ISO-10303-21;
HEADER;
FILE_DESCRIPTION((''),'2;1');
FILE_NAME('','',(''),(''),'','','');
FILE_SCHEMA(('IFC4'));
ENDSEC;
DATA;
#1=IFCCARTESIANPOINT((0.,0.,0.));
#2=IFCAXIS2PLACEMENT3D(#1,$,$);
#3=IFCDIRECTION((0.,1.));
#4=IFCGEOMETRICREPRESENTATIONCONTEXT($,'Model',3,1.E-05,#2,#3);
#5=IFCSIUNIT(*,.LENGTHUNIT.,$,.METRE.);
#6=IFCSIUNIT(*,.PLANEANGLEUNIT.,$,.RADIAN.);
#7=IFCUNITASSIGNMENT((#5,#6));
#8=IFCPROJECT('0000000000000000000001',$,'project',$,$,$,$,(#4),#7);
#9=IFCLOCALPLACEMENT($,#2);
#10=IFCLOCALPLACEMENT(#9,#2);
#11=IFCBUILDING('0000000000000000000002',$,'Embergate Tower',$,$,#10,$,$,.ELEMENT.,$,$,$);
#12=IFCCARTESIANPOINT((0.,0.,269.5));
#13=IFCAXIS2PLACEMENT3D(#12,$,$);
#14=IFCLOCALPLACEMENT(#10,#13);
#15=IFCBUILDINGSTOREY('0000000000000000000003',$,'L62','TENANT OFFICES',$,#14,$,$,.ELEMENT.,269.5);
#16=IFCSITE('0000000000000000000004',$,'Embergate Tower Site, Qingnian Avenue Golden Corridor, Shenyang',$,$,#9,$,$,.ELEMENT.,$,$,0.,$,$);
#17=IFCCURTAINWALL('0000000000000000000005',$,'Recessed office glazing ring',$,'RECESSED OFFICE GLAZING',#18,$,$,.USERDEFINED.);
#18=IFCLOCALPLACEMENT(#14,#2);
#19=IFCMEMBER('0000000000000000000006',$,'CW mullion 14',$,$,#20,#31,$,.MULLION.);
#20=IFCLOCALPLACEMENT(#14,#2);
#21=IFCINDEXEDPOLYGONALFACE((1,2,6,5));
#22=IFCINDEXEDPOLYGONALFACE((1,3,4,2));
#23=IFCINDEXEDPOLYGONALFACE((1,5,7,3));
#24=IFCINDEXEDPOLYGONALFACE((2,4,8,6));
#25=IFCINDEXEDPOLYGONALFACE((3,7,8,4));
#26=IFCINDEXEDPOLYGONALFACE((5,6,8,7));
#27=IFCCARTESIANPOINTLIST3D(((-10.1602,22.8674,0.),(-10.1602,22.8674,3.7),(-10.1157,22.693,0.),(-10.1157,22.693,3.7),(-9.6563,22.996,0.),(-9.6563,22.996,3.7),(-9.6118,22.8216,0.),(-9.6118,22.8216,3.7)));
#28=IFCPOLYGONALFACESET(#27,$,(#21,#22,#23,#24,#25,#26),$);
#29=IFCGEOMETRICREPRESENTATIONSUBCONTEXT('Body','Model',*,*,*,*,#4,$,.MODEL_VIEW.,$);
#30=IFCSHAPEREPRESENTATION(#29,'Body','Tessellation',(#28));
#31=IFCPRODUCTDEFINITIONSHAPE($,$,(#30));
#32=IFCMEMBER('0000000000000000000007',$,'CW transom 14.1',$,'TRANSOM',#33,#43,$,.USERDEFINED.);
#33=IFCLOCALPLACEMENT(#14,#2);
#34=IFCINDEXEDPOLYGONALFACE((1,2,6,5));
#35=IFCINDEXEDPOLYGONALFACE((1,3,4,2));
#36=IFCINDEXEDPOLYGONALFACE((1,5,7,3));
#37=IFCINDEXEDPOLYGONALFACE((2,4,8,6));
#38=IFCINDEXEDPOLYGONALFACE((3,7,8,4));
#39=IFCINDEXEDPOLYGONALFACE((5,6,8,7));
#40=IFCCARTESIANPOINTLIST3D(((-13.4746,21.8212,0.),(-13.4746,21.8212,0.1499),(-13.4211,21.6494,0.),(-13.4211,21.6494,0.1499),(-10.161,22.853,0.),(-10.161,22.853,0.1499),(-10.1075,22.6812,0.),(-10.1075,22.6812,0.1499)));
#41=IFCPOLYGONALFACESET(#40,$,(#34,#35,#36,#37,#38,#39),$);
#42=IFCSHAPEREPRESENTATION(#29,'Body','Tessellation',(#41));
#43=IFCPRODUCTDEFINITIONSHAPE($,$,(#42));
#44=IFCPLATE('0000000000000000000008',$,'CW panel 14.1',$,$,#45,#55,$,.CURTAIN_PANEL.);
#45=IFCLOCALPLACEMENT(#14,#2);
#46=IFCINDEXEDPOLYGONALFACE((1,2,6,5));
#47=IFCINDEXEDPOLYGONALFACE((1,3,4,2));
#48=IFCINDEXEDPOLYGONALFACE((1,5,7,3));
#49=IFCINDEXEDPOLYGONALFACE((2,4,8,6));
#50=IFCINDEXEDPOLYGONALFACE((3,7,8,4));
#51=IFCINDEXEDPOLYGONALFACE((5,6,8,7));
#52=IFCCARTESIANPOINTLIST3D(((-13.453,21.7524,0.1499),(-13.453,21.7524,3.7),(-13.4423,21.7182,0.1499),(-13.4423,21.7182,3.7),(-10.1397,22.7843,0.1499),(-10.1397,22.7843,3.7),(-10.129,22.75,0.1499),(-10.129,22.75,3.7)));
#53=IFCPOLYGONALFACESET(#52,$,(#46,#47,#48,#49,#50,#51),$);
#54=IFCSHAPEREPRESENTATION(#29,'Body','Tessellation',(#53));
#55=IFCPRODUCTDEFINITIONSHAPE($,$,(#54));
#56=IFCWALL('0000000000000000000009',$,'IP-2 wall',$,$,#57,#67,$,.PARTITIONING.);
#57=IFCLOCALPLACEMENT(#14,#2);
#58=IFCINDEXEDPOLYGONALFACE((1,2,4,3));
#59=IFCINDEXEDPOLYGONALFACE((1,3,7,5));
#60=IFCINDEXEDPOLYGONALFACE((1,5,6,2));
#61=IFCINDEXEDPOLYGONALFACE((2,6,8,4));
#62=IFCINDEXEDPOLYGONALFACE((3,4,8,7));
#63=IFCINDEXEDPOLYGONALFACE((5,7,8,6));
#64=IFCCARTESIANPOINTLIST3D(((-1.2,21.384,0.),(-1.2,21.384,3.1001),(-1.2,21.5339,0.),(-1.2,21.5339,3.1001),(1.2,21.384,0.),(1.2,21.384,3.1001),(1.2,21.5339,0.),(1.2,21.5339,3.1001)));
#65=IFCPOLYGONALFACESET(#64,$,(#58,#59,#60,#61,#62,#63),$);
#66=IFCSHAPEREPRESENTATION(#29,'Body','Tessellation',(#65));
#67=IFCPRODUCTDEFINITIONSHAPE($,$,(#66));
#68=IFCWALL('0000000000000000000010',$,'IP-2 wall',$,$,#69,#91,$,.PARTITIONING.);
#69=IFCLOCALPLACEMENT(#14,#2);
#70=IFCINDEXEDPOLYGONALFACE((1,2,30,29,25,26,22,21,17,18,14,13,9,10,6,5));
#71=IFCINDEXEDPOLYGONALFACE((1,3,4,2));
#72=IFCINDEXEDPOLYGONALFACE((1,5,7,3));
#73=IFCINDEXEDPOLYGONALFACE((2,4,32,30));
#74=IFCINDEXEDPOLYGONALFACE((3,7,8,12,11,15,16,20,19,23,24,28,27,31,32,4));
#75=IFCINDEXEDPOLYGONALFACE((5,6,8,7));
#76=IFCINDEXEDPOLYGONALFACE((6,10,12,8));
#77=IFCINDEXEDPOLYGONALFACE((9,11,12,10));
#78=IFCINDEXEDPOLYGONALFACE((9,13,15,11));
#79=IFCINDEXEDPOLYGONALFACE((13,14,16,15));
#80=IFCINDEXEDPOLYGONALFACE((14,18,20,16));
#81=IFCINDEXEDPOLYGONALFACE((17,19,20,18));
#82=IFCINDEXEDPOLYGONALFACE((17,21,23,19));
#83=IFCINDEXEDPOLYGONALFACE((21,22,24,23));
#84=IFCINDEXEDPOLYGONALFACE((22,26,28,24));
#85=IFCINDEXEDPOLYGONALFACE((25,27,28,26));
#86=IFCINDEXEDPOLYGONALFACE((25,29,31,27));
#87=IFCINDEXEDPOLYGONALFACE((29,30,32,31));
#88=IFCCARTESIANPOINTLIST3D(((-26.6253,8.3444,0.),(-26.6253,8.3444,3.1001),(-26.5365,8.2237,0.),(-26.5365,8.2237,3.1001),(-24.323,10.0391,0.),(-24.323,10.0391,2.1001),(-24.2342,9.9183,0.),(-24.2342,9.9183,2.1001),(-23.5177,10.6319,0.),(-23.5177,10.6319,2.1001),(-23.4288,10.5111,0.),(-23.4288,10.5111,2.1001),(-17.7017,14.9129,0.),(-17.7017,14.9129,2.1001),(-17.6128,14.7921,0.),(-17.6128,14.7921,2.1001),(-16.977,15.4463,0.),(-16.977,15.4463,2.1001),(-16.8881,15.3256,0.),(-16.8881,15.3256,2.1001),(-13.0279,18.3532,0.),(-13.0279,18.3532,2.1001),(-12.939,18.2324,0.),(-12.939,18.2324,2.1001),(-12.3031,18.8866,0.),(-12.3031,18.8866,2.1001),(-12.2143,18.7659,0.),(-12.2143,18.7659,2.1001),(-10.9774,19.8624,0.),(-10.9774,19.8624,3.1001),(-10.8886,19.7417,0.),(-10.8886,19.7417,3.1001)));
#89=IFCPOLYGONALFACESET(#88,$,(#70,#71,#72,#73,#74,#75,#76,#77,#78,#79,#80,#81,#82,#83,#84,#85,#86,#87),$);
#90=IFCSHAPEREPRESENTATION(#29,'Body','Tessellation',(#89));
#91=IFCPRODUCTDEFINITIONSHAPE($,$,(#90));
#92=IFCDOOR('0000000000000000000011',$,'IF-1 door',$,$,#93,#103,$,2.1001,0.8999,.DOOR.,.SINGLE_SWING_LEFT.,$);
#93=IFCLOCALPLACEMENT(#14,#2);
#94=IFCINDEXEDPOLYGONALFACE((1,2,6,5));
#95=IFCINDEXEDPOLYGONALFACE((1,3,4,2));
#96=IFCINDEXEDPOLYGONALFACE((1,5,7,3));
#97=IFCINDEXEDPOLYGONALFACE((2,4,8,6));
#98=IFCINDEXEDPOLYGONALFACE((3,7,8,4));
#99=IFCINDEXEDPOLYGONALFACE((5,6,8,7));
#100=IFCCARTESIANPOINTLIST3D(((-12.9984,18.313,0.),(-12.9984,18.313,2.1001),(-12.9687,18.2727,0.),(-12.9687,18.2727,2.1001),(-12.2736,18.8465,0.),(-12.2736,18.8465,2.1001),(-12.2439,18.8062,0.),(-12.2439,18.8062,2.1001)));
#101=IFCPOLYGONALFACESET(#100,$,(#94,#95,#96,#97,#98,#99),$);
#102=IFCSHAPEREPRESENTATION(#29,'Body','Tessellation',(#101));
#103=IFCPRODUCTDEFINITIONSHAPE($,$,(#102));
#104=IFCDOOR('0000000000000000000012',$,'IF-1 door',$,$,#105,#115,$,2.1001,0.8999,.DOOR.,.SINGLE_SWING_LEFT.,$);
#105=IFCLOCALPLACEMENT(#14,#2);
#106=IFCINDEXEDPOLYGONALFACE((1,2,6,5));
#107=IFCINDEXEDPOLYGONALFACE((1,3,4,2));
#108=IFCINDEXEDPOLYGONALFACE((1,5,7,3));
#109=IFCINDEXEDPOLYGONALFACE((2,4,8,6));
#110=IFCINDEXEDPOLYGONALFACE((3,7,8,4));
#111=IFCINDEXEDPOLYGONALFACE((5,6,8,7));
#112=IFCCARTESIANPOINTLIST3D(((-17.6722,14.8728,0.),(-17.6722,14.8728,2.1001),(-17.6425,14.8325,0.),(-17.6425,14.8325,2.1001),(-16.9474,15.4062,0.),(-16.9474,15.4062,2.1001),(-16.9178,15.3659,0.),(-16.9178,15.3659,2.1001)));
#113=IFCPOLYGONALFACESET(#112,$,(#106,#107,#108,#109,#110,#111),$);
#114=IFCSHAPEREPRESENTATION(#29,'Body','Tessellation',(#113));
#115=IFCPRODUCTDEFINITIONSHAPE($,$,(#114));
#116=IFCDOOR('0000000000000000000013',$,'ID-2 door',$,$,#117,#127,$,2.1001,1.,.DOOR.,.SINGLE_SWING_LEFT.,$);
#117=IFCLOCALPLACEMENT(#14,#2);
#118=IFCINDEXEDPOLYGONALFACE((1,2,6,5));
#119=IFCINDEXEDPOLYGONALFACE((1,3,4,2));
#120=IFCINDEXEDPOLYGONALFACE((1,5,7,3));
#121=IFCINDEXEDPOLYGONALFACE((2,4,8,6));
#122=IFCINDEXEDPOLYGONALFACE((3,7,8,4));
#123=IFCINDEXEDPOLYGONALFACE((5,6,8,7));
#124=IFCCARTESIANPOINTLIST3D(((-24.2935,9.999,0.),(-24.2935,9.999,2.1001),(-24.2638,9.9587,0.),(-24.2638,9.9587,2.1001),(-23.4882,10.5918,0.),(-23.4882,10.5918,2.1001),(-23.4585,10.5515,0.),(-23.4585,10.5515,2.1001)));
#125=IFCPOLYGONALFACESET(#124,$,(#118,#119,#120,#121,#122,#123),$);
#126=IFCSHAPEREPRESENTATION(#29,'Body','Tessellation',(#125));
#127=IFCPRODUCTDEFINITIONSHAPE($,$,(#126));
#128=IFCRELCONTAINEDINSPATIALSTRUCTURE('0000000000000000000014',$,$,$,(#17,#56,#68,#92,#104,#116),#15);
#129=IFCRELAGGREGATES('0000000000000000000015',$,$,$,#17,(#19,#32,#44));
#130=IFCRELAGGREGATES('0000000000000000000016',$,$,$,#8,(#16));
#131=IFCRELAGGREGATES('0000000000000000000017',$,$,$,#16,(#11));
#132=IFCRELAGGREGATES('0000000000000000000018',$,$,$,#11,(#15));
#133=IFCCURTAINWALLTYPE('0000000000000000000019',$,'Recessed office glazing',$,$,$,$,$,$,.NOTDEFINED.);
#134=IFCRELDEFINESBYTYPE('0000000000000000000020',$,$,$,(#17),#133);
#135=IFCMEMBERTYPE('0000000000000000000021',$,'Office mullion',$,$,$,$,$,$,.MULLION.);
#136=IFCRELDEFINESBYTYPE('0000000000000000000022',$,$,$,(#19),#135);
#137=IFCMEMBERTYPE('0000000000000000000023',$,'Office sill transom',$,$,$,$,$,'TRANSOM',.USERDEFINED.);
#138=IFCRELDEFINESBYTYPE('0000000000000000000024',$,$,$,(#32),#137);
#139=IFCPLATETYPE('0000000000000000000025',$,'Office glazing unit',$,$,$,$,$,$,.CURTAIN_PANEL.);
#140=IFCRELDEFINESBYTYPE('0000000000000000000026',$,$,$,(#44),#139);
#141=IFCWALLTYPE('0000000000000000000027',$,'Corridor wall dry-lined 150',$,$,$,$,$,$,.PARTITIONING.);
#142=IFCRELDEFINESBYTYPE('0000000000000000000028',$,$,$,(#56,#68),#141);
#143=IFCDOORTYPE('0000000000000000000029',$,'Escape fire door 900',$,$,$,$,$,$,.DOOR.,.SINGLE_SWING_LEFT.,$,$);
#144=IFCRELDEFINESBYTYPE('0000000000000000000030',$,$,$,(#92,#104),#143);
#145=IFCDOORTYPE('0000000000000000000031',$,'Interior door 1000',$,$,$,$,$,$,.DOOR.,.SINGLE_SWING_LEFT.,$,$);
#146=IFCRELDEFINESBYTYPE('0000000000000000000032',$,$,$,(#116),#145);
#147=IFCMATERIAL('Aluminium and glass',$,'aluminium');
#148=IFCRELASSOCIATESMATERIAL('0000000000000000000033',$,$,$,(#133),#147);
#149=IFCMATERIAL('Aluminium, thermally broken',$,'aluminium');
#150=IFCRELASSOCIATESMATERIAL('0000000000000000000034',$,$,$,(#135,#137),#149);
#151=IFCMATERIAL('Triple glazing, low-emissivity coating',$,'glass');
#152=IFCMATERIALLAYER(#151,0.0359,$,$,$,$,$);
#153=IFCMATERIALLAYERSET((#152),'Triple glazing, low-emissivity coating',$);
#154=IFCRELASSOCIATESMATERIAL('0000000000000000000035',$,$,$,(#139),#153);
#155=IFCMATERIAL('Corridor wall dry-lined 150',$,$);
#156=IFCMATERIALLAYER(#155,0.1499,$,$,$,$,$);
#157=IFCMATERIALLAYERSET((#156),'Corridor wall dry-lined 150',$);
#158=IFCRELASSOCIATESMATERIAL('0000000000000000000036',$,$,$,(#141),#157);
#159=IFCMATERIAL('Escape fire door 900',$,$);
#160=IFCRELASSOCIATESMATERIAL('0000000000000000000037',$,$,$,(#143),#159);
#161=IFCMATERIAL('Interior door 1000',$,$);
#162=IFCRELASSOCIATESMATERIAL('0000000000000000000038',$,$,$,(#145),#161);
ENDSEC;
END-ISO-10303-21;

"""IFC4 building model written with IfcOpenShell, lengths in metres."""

from ifc_helpers import new_model, si_unit, direction, frame, frame_2d, origin, origin_2d, place, context, subcontext, project, spatial, rectangle, extrude, source, transform, mapped, material, layer, layer_set, material_profile, profile_set, type_object, element, fill, aggregate, save


model = new_model("IFC4")

# Units and contexts
model_context = context("Model", 3, precision=1e-05, world=origin(), true_north=direction((0.0, 1.0)))
body_context = subcontext(model_context, "Body", "Model", "MODEL_VIEW")
ifc_project = project(units=[si_unit("LENGTHUNIT", "METRE"), si_unit("PLANEANGLEUNIT", "RADIAN")], contexts=[model_context])

# Site, building, storey
site_placement = place(None, origin())
site = spatial("IfcSite", under=ifc_project, at=site_placement, Name="Embergate Tower Site, Qingnian Avenue Golden Corridor, Shenyang", CompositionType="ELEMENT", RefElevation=0.0)
building_placement = place(site_placement, origin())
building = spatial("IfcBuilding", under=site, at=building_placement, Name="Embergate Tower", CompositionType="ELEMENT")
storey_placement = place(building_placement, frame((0.0, 0.0, 269.5)))
storey = spatial("IfcBuildingStorey", under=building, at=storey_placement, Name="L62", Description="TENANT OFFICES", CompositionType="ELEMENT", Elevation=269.5)

# Curtain wall, members, plate
ifc_material_1 = material(Name="Aluminium and glass", Category="aluminium")
curtain_wall_type = type_object("IfcCurtainWallType", Name="Recessed office glazing", PredefinedType="NOTDEFINED", material=ifc_material_1)
curtain_wall_placement = place(storey_placement, origin())
curtain_wall = element("IfcCurtainWall", 1, at=curtain_wall_placement, inside=storey, type_object=curtain_wall_type, Name="Recessed office glazing ring", ObjectType="RECESSED OFFICE GLAZING", PredefinedType="USERDEFINED")
ifc_material_2 = material(Name="Aluminium, thermally broken", Category="aluminium")
ifc_material_profile_1 = material_profile(ifc_material_2, rectangle(XDim=0.1799, YDim=0.52, at=origin_2d()), Name="AL 520x180")
ifc_profile_set_1 = profile_set([ifc_material_profile_1], Name="Aluminium, thermally broken")
member_type_1 = type_object("IfcMemberType", Name="Office mullion", PredefinedType="MULLION", material=ifc_profile_set_1)
shared_shape_1 = source(origin(), body_context, "Body", "SweptSolid", [
    extrude(rectangle(XDim=0.1799, YDim=0.52, at=origin_2d()), origin(), (0.0, 0.0, 1.0), 3.7),
])
member_1_placement = place(storey_placement, frame((-9.886, 22.8445, 0.0), z_axis=(0.0, 0.0, 1.0), x_axis=(0.247307, -0.968937, 0.0)))
member_1 = element("IfcMember", 2, at=member_1_placement, type_object=member_type_1, Name="CW mullion 14", PredefinedType="MULLION", context=body_context, shape_type="MappedRepresentation", body=[
    mapped(shared_shape_1, transform((0.0, 0.0, 0.0))),
])
ifc_material_profile_2 = material_profile(ifc_material_2, rectangle(XDim=0.1799, YDim=0.1499, at=origin_2d()), Name="AL 150x180")
ifc_profile_set_2 = profile_set([ifc_material_profile_2], Name="Aluminium, thermally broken")
member_type_2 = type_object("IfcMemberType", Name="Office sill transom", ElementType="TRANSOM", PredefinedType="USERDEFINED", material=ifc_profile_set_2)
shared_shape_2 = source(origin(), body_context, "Body", "SweptSolid", [
    extrude(rectangle(XDim=0.1799, YDim=0.1499, at=origin_2d()), origin(), (0.0, 0.0, 1.0), 3.4705),
])
member_2_placement = place(storey_placement, frame((-10.1343, 22.7671, 0.075), z_axis=(-0.954785, -0.297297, 0.0), x_axis=(0.297297, -0.954785, 0.0)))
member_2 = element("IfcMember", 3, at=member_2_placement, type_object=member_type_2, Name="CW transom 14.1", ObjectType="TRANSOM", PredefinedType="USERDEFINED", context=body_context, shape_type="MappedRepresentation", body=[
    mapped(shared_shape_2, transform((0.0, 0.0, 0.0))),
])
ifc_material_3 = material(Name="Triple glazing, low-emissivity coating", Category="glass")
ifc_layer_1 = layer(ifc_material_3, 0.0359)
ifc_layer_set_1 = layer_set([ifc_layer_1], Name="Triple glazing, low-emissivity coating")
plate_type = type_object("IfcPlateType", Name="Office glazing unit", PredefinedType="CURTAIN_PANEL", material=ifc_layer_set_1)
shared_shape_3 = source(origin(), body_context, "Body", "SweptSolid", [
    extrude(rectangle(XDim=3.4702, YDim=0.0359, at=origin_2d()), origin(), (0.0, 0.0, 1.0), 3.55),
])
plate_placement = place(storey_placement, frame((-11.791, 22.2512, 0.1499), z_axis=(0.0, 0.0, 1.0), x_axis=(-0.954773, -0.297337, 0.0)))
plate = element("IfcPlate", 4, at=plate_placement, type_object=plate_type, Name="CW panel 14.1", PredefinedType="CURTAIN_PANEL", context=body_context, shape_type="MappedRepresentation", body=[
    mapped(shared_shape_3, transform((0.0, 0.0, 0.0))),
])
aggregate(curtain_wall, [member_1, member_2, plate])

# Wall
ifc_material_4 = material(Name="Corridor wall dry-lined 150")
ifc_layer_2 = layer(ifc_material_4, 0.1499)
ifc_layer_set_2 = layer_set([ifc_layer_2], Name="Corridor wall dry-lined 150")
wall_type_1 = type_object("IfcWallType", Name="Corridor wall dry-lined 150", PredefinedType="PARTITIONING", material=ifc_layer_set_2)
shared_shape_4 = source(origin(), body_context, "Body", "SweptSolid", [
    extrude(rectangle(XDim=2.3999, YDim=0.1499, at=frame_2d((1.2, 0.0))), origin(), (0.0, 0.0, 1.0), 3.1001),
])
wall_1_placement = place(storey_placement, frame((-1.2, 21.459, 0.0), z_axis=(0.0, 0.0, 1.0), x_axis=(1.0, 0.0, 0.0)))
element("IfcWall", 5, at=wall_1_placement, inside=storey, type_object=wall_type_1, Name="IP-2 wall", PredefinedType="PARTITIONING", context=body_context, shape_type="MappedRepresentation", body=[
    mapped(shared_shape_4, transform((0.0, 0.0, 0.0))),
])

# Wall, openings, doors
shared_shape_5 = source(origin(), body_context, "Body", "SweptSolid", [
    extrude(rectangle(XDim=19.4299, YDim=0.1499, at=frame_2d((9.7148, 0.0))), origin(), (0.0, 0.0, 1.0), 3.1001),
])
wall_2_placement = place(storey_placement, frame((-10.9331, 19.802, 0.0), z_axis=(0.0, 0.0, 1.0), x_axis=(-0.805351, -0.592799, 0.0)))
wall_2 = element("IfcWall", 6, at=wall_2_placement, inside=storey, type_object=wall_type_1, Name="IP-2 wall", PredefinedType="PARTITIONING", context=body_context, shape_type="MappedRepresentation", body=[
    mapped(shared_shape_5, transform((0.0, 0.0, 0.0))),
])
shared_shape_6 = source(origin(), body_context, "Body", "SweptSolid", [
    extrude(rectangle(XDim=0.8999, YDim=2.1001, at=frame_2d((0.45, 1.05))), frame((0.0, 0.085, 0.0), z_axis=(0.0, -1.0, 0.0), x_axis=(1.0, 0.0, 0.0)), (0.0, 0.0, 1.0), 0.1699),
])
opening_1_placement = place(wall_2_placement, frame((1.646, 0.0, 0.0)))
opening_1 = element("IfcOpeningElement", 7, at=opening_1_placement, cuts=wall_2, PredefinedType="OPENING", context=body_context, shape_type="MappedRepresentation", body=[
    mapped(shared_shape_6, transform((0.0, 0.0, 0.0))),
])
opening_2_placement = place(wall_2_placement, frame((7.4495, 0.0, 0.0)))
opening_2 = element("IfcOpeningElement", 8, at=opening_2_placement, cuts=wall_2, PredefinedType="OPENING", context=body_context, shape_type="MappedRepresentation", body=[
    mapped(shared_shape_6, transform((0.0, 0.0, 0.0))),
])
shared_shape_7 = source(origin(), body_context, "Body", "SweptSolid", [
    extrude(rectangle(XDim=1.0, YDim=2.1001, at=frame_2d((0.5, 1.05))), frame((0.0, 0.085, 0.0), z_axis=(0.0, -1.0, 0.0), x_axis=(1.0, 0.0, 0.0)), (0.0, 0.0, 1.0), 0.1699),
])
opening_3_placement = place(wall_2_placement, frame((15.571, 0.0, 0.0)))
opening_3 = element("IfcOpeningElement", 9, at=opening_3_placement, cuts=wall_2, PredefinedType="OPENING", context=body_context, shape_type="MappedRepresentation", body=[
    mapped(shared_shape_7, transform((0.0, 0.0, 0.0))),
])
ifc_material_5 = material(Name="Escape fire door 900")
door_type_1 = type_object("IfcDoorType", Name="Escape fire door 900", OperationType="SINGLE_SWING_LEFT", PredefinedType="DOOR", material=ifc_material_5)
shared_shape_8 = source(origin(), body_context, "Body", "SweptSolid", [
    extrude(rectangle(XDim=0.8999, YDim=2.1001, at=frame_2d((0.45, 1.05))), frame((0.0, 0.0249, 0.0), z_axis=(0.0, -1.0, 0.0), x_axis=(1.0, 0.0, 0.0)), (0.0, 0.0, 1.0), 0.05),
])
door_1_placement = place(opening_1_placement, origin())
door_1 = element("IfcDoor", 10, at=door_1_placement, inside=storey, type_object=door_type_1, Name="IF-1 door", OperationType="SINGLE_SWING_LEFT", OverallHeight=2.1001, OverallWidth=0.8999, PredefinedType="DOOR", context=body_context, shape_type="MappedRepresentation", body=[
    mapped(shared_shape_8, transform((0.0, 0.0, 0.0))),
])
fill(opening_1, door_1)
door_2_placement = place(opening_2_placement, origin())
door_2 = element("IfcDoor", 11, at=door_2_placement, inside=storey, type_object=door_type_1, Name="IF-1 door", OperationType="SINGLE_SWING_LEFT", OverallHeight=2.1001, OverallWidth=0.8999, PredefinedType="DOOR", context=body_context, shape_type="MappedRepresentation", body=[
    mapped(shared_shape_8, transform((0.0, 0.0, 0.0))),
])
fill(opening_2, door_2)
ifc_material_6 = material(Name="Interior door 1000")
door_type_2 = type_object("IfcDoorType", Name="Interior door 1000", OperationType="SINGLE_SWING_LEFT", PredefinedType="DOOR", material=ifc_material_6)
shared_shape_9 = source(origin(), body_context, "Body", "SweptSolid", [
    extrude(rectangle(XDim=1.0, YDim=2.1001, at=frame_2d((0.5, 1.05))), frame((0.0, 0.0249, 0.0), z_axis=(0.0, -1.0, 0.0), x_axis=(1.0, 0.0, 0.0)), (0.0, 0.0, 1.0), 0.05),
])
door_3_placement = place(opening_3_placement, origin())
door_3 = element("IfcDoor", 12, at=door_3_placement, inside=storey, type_object=door_type_2, Name="ID-2 door", OperationType="SINGLE_SWING_LEFT", OverallHeight=2.1001, OverallWidth=1.0, PredefinedType="DOOR", context=body_context, shape_type="MappedRepresentation", body=[
    mapped(shared_shape_9, transform((0.0, 0.0, 0.0))),
])
fill(opening_3, door_3)

save(model, "model.ifc")
